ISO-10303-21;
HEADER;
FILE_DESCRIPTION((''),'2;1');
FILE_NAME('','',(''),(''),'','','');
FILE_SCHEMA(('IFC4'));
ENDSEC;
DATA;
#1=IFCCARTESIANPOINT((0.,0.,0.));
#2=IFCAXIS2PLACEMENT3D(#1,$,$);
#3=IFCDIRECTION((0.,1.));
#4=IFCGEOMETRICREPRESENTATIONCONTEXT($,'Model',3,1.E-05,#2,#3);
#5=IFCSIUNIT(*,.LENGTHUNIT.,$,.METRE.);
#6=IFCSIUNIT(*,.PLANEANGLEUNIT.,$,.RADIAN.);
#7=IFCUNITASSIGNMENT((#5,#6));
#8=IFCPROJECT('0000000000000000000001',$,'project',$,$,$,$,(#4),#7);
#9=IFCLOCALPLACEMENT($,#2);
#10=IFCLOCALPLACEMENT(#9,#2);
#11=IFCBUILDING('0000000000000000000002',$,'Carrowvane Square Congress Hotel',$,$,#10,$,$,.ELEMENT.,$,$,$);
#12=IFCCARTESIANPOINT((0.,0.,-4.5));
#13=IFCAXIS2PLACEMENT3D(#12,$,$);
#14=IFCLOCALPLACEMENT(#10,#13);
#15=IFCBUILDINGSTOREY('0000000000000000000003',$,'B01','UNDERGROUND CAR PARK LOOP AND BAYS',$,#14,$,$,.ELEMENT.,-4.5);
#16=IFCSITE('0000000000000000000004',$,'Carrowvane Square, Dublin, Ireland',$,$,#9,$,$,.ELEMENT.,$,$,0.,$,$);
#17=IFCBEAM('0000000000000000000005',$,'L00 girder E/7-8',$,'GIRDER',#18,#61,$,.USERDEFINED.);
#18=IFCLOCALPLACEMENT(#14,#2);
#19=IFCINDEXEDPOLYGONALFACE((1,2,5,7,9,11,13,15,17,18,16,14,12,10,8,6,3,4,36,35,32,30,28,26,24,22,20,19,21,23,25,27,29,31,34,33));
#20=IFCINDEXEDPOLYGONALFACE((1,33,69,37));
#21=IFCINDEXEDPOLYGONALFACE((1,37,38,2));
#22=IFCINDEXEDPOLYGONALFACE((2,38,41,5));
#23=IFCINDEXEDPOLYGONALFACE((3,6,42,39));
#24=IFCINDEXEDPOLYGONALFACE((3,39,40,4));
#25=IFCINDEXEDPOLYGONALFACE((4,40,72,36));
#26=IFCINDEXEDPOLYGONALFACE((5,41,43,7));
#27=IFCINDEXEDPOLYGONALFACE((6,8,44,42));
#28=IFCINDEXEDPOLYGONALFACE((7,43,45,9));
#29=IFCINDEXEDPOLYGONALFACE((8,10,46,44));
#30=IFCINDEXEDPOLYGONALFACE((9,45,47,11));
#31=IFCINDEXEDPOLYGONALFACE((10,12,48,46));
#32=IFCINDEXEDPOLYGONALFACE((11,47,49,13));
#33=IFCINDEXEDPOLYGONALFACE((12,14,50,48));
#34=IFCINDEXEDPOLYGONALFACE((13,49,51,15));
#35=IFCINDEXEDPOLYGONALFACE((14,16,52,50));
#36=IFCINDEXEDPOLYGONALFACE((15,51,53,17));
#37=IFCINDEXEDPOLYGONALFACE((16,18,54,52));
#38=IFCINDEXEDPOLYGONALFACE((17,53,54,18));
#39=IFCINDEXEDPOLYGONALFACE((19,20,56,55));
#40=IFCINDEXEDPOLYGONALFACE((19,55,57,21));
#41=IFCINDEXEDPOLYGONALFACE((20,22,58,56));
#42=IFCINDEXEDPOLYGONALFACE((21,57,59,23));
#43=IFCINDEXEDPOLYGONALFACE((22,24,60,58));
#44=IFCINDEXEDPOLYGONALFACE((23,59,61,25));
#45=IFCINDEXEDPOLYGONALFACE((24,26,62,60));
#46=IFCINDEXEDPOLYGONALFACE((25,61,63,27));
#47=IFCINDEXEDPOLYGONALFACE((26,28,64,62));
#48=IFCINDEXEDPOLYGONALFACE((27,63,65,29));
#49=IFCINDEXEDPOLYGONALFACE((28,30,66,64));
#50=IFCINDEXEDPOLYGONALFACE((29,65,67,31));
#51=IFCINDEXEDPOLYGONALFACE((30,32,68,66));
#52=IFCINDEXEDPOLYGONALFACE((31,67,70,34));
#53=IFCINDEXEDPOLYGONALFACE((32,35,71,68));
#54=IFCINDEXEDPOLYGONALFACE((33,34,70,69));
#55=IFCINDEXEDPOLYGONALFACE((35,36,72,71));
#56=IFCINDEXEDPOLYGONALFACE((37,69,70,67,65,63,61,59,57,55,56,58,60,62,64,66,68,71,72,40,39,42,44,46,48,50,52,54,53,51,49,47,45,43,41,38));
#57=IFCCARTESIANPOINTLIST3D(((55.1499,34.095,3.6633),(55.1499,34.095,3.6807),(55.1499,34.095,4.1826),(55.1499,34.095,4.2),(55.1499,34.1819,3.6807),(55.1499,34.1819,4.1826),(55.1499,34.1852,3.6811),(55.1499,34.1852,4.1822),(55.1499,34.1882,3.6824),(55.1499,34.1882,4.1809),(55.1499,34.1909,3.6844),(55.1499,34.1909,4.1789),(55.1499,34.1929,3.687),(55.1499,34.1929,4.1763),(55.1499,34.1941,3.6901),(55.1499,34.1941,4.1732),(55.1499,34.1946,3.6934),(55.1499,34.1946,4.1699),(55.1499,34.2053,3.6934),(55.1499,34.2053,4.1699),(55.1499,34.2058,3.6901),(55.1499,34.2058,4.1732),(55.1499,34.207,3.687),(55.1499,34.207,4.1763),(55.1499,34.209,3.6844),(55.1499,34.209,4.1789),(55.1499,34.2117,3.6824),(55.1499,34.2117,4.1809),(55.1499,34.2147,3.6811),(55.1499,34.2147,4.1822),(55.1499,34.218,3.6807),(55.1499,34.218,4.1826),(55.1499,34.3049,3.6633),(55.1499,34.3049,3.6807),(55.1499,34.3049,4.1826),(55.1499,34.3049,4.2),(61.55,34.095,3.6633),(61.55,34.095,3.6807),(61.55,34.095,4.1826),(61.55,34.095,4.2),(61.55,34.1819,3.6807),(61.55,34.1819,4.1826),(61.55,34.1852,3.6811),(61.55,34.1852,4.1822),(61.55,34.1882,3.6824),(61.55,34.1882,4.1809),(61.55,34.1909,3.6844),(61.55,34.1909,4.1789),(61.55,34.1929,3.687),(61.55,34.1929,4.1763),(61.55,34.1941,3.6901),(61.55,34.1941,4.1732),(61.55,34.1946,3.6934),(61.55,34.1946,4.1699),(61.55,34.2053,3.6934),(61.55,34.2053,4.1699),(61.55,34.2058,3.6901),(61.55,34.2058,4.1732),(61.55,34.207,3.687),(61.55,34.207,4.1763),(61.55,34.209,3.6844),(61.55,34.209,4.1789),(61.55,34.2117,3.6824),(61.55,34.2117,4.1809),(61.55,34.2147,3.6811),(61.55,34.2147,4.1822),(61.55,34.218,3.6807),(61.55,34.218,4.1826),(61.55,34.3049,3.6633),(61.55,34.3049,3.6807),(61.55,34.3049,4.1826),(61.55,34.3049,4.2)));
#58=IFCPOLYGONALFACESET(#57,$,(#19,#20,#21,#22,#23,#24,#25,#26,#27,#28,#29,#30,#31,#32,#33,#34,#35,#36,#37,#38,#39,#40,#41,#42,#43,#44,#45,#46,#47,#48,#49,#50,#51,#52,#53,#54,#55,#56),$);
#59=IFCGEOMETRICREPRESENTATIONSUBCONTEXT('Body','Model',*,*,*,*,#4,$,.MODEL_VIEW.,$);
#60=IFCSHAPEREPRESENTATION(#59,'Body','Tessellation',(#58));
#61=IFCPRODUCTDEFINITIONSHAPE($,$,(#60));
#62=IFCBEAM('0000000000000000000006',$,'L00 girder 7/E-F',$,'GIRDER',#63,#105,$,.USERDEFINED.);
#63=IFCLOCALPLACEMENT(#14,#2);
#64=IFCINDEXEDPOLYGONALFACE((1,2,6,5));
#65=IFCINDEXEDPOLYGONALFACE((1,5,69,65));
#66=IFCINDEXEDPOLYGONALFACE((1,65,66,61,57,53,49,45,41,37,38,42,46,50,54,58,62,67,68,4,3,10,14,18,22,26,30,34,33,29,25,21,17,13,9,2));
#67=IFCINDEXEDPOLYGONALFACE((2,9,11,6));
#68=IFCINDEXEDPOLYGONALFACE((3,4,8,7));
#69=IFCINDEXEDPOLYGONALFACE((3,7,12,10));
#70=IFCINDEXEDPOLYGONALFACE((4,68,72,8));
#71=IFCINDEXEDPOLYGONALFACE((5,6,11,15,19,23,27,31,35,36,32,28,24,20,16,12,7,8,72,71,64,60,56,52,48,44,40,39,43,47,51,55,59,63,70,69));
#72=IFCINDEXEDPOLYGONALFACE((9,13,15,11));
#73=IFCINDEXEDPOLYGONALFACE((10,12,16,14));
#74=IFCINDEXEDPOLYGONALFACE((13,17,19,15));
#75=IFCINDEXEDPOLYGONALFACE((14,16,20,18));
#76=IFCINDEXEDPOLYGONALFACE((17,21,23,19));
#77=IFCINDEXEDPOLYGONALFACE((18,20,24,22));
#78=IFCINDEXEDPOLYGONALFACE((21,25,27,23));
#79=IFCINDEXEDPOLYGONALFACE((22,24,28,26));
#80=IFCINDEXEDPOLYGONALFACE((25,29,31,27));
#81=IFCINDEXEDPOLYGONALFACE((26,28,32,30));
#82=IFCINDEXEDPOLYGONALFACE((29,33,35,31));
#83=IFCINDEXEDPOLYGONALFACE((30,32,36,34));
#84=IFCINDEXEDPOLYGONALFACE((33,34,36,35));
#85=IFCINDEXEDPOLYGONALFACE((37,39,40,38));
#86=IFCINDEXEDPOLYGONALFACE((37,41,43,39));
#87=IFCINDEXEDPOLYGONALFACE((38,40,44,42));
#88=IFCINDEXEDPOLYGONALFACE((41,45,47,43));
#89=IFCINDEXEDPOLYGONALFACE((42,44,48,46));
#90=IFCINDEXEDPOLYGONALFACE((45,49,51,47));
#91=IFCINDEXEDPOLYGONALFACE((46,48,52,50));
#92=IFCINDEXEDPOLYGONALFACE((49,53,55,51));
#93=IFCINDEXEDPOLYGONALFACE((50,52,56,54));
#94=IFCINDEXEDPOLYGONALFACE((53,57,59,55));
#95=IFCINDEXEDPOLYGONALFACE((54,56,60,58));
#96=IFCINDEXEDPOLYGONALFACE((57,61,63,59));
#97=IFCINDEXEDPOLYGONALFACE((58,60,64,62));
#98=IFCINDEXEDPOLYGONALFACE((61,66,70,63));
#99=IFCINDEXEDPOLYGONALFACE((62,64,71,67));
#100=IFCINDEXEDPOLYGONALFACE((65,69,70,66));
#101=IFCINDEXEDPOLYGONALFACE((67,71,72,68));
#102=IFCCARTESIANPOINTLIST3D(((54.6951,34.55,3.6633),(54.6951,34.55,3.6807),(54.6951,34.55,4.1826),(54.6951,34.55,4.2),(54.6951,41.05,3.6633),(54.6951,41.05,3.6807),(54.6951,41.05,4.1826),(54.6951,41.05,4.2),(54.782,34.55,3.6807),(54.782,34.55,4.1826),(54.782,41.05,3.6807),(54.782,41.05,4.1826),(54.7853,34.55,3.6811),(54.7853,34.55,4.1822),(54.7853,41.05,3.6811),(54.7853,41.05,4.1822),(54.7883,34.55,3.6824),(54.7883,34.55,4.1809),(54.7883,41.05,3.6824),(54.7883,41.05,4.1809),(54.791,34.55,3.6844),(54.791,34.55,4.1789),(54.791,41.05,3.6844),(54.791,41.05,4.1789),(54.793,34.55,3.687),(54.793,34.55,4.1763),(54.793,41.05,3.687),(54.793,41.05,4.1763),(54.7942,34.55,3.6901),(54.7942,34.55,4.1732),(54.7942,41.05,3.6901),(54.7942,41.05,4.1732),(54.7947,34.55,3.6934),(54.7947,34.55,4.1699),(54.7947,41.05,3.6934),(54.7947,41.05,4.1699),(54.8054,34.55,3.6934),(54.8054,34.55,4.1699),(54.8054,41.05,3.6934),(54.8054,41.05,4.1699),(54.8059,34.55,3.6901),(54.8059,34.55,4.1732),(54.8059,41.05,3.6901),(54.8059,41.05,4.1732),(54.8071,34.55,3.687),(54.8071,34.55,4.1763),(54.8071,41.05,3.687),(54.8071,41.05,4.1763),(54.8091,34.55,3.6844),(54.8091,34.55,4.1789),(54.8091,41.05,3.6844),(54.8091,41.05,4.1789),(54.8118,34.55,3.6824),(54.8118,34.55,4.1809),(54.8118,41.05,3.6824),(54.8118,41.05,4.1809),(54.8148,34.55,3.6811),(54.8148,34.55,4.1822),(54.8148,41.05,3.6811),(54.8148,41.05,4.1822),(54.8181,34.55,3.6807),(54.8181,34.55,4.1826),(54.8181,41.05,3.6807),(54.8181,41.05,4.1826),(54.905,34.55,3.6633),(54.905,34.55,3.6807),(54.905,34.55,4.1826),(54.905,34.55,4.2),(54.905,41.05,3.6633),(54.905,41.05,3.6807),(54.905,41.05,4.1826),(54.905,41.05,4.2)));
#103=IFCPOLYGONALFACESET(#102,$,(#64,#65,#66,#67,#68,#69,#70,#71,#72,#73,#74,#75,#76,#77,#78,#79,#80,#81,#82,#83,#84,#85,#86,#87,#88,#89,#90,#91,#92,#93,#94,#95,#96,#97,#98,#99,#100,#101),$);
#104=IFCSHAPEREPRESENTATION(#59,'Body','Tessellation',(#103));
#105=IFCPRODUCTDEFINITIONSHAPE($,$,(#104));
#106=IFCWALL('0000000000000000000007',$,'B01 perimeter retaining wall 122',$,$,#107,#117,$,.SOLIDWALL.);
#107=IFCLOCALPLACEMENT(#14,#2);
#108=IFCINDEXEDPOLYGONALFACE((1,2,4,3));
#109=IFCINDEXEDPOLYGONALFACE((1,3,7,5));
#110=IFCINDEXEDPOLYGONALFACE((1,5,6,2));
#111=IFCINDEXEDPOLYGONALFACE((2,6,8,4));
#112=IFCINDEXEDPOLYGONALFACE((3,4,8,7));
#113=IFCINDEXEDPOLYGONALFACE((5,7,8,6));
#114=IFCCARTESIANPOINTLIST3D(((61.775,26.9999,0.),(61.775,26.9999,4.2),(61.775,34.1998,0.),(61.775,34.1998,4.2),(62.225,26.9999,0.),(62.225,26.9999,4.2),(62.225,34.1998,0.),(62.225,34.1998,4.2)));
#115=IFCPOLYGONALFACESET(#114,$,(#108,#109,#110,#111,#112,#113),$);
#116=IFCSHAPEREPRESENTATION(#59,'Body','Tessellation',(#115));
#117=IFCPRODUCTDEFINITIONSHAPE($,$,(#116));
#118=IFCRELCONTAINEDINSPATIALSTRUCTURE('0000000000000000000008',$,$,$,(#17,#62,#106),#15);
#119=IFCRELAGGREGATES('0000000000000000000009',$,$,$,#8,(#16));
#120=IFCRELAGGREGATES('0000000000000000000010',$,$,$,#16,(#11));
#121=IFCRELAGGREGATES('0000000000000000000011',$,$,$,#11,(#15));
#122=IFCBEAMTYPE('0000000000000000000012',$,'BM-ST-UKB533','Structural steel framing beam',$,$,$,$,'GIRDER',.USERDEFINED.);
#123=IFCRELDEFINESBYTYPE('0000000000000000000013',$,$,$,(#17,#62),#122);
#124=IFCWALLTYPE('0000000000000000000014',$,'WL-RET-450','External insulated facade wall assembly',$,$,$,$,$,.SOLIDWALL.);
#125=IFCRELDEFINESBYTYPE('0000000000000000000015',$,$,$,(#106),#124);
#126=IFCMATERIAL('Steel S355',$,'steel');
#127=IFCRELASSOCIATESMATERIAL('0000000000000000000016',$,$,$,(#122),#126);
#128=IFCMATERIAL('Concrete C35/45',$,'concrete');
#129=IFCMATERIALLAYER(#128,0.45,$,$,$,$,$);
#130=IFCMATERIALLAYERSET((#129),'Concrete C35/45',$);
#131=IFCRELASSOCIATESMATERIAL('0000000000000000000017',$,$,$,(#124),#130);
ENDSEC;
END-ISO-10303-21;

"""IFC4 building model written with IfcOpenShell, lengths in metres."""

from ifc_helpers import new_model, si_unit, direction, frame, frame_2d, origin, origin_2d, place, context, subcontext, project, spatial, rectangle, i_section, extrude, material, layer, layer_set, material_profile, profile_set, type_object, element, save


model = new_model("IFC4")

# Units and contexts
model_context = context("Model", 3, precision=1e-05, world=origin(), true_north=direction((0.0, 1.0)))
body_context = subcontext(model_context, "Body", "Model", "MODEL_VIEW")
ifc_project = project(units=[si_unit("LENGTHUNIT", "METRE"), si_unit("PLANEANGLEUNIT", "RADIAN")], contexts=[model_context])

# Site, building, storey
site_placement = place(None, origin())
site = spatial("IfcSite", under=ifc_project, at=site_placement, Name="Carrowvane Square, Dublin, Ireland", CompositionType="ELEMENT", RefElevation=0.0)
building_placement = place(site_placement, origin())
building = spatial("IfcBuilding", under=site, at=building_placement, Name="Carrowvane Square Congress Hotel", CompositionType="ELEMENT")
storey_placement = place(building_placement, frame((0.0, 0.0, -4.5)))
storey = spatial("IfcBuildingStorey", under=building, at=storey_placement, Name="B01", Description="UNDERGROUND CAR PARK LOOP AND BAYS", CompositionType="ELEMENT", Elevation=-4.5)

# Beams
ifc_material_1 = material(Name="Steel S355", Category="steel")
ifc_material_profile_1 = material_profile(ifc_material_1, i_section(OverallWidth=0.21, OverallDepth=0.5366, WebThickness=0.0107, FlangeThickness=0.0173, FilletRadius=0.0127, at=origin_2d()), Name="UKB 533x210x101")
ifc_profile_set_1 = profile_set([ifc_material_profile_1], Name="Steel S355")
beam_type_1 = type_object("IfcBeamType", Name="BM-ST-UKB533", Description="Structural steel framing beam", ElementType="GIRDER", PredefinedType="USERDEFINED", material=ifc_profile_set_1)
beam_1_placement = place(storey_placement, frame((55.1499, 34.2, 3.9316), z_axis=(1.0, 0.0, 0.0), x_axis=(0.0, 1.0, 0.0)))
element("IfcBeam", 1, at=beam_1_placement, inside=storey, type_object=beam_type_1, Name="L00 girder E/7-8", ObjectType="GIRDER", PredefinedType="USERDEFINED", context=body_context, shape_type="SweptSolid", body=[
    extrude(i_section(OverallWidth=0.21, OverallDepth=0.5366, WebThickness=0.0107, FlangeThickness=0.0173, FilletRadius=0.0127, at=origin_2d()), origin(), (0.0, 0.0, 1.0), 6.4001),
])
beam_2_placement = place(storey_placement, frame((54.8, 34.55, 3.9316), z_axis=(0.0, 1.0, 0.0), x_axis=(-1.0, 0.0, 0.0)))
element("IfcBeam", 2, at=beam_2_placement, inside=storey, type_object=beam_type_1, Name="L00 girder 7/E-F", ObjectType="GIRDER", PredefinedType="USERDEFINED", context=body_context, shape_type="SweptSolid", body=[
    extrude(i_section(OverallWidth=0.21, OverallDepth=0.5366, WebThickness=0.0107, FlangeThickness=0.0173, FilletRadius=0.0127, at=origin_2d()), origin(), (0.0, 0.0, 1.0), 6.5),
])

# Wall
ifc_material_2 = material(Name="Concrete C35/45", Category="concrete")
ifc_layer = layer(ifc_material_2, 0.45)
ifc_layer_set = layer_set([ifc_layer], Name="Concrete C35/45")
wall_type = type_object("IfcWallType", Name="WL-RET-450", Description="External insulated facade wall assembly", PredefinedType="SOLIDWALL", material=ifc_layer_set)
wall_placement = place(storey_placement, frame((62.0, 34.2, 0.0), z_axis=(0.0, 0.0, 1.0), x_axis=(0.0, -1.0, 0.0)))
element("IfcWall", 3, at=wall_placement, inside=storey, type_object=wall_type, Name="B01 perimeter retaining wall 122", PredefinedType="SOLIDWALL", context=body_context, shape_type="SweptSolid", body=[
    extrude(rectangle(XDim=7.2, YDim=0.45, at=frame_2d((3.6001, 0.0))), origin(), (0.0, 0.0, 1.0), 4.2),
])

save(model, "model.ifc")
